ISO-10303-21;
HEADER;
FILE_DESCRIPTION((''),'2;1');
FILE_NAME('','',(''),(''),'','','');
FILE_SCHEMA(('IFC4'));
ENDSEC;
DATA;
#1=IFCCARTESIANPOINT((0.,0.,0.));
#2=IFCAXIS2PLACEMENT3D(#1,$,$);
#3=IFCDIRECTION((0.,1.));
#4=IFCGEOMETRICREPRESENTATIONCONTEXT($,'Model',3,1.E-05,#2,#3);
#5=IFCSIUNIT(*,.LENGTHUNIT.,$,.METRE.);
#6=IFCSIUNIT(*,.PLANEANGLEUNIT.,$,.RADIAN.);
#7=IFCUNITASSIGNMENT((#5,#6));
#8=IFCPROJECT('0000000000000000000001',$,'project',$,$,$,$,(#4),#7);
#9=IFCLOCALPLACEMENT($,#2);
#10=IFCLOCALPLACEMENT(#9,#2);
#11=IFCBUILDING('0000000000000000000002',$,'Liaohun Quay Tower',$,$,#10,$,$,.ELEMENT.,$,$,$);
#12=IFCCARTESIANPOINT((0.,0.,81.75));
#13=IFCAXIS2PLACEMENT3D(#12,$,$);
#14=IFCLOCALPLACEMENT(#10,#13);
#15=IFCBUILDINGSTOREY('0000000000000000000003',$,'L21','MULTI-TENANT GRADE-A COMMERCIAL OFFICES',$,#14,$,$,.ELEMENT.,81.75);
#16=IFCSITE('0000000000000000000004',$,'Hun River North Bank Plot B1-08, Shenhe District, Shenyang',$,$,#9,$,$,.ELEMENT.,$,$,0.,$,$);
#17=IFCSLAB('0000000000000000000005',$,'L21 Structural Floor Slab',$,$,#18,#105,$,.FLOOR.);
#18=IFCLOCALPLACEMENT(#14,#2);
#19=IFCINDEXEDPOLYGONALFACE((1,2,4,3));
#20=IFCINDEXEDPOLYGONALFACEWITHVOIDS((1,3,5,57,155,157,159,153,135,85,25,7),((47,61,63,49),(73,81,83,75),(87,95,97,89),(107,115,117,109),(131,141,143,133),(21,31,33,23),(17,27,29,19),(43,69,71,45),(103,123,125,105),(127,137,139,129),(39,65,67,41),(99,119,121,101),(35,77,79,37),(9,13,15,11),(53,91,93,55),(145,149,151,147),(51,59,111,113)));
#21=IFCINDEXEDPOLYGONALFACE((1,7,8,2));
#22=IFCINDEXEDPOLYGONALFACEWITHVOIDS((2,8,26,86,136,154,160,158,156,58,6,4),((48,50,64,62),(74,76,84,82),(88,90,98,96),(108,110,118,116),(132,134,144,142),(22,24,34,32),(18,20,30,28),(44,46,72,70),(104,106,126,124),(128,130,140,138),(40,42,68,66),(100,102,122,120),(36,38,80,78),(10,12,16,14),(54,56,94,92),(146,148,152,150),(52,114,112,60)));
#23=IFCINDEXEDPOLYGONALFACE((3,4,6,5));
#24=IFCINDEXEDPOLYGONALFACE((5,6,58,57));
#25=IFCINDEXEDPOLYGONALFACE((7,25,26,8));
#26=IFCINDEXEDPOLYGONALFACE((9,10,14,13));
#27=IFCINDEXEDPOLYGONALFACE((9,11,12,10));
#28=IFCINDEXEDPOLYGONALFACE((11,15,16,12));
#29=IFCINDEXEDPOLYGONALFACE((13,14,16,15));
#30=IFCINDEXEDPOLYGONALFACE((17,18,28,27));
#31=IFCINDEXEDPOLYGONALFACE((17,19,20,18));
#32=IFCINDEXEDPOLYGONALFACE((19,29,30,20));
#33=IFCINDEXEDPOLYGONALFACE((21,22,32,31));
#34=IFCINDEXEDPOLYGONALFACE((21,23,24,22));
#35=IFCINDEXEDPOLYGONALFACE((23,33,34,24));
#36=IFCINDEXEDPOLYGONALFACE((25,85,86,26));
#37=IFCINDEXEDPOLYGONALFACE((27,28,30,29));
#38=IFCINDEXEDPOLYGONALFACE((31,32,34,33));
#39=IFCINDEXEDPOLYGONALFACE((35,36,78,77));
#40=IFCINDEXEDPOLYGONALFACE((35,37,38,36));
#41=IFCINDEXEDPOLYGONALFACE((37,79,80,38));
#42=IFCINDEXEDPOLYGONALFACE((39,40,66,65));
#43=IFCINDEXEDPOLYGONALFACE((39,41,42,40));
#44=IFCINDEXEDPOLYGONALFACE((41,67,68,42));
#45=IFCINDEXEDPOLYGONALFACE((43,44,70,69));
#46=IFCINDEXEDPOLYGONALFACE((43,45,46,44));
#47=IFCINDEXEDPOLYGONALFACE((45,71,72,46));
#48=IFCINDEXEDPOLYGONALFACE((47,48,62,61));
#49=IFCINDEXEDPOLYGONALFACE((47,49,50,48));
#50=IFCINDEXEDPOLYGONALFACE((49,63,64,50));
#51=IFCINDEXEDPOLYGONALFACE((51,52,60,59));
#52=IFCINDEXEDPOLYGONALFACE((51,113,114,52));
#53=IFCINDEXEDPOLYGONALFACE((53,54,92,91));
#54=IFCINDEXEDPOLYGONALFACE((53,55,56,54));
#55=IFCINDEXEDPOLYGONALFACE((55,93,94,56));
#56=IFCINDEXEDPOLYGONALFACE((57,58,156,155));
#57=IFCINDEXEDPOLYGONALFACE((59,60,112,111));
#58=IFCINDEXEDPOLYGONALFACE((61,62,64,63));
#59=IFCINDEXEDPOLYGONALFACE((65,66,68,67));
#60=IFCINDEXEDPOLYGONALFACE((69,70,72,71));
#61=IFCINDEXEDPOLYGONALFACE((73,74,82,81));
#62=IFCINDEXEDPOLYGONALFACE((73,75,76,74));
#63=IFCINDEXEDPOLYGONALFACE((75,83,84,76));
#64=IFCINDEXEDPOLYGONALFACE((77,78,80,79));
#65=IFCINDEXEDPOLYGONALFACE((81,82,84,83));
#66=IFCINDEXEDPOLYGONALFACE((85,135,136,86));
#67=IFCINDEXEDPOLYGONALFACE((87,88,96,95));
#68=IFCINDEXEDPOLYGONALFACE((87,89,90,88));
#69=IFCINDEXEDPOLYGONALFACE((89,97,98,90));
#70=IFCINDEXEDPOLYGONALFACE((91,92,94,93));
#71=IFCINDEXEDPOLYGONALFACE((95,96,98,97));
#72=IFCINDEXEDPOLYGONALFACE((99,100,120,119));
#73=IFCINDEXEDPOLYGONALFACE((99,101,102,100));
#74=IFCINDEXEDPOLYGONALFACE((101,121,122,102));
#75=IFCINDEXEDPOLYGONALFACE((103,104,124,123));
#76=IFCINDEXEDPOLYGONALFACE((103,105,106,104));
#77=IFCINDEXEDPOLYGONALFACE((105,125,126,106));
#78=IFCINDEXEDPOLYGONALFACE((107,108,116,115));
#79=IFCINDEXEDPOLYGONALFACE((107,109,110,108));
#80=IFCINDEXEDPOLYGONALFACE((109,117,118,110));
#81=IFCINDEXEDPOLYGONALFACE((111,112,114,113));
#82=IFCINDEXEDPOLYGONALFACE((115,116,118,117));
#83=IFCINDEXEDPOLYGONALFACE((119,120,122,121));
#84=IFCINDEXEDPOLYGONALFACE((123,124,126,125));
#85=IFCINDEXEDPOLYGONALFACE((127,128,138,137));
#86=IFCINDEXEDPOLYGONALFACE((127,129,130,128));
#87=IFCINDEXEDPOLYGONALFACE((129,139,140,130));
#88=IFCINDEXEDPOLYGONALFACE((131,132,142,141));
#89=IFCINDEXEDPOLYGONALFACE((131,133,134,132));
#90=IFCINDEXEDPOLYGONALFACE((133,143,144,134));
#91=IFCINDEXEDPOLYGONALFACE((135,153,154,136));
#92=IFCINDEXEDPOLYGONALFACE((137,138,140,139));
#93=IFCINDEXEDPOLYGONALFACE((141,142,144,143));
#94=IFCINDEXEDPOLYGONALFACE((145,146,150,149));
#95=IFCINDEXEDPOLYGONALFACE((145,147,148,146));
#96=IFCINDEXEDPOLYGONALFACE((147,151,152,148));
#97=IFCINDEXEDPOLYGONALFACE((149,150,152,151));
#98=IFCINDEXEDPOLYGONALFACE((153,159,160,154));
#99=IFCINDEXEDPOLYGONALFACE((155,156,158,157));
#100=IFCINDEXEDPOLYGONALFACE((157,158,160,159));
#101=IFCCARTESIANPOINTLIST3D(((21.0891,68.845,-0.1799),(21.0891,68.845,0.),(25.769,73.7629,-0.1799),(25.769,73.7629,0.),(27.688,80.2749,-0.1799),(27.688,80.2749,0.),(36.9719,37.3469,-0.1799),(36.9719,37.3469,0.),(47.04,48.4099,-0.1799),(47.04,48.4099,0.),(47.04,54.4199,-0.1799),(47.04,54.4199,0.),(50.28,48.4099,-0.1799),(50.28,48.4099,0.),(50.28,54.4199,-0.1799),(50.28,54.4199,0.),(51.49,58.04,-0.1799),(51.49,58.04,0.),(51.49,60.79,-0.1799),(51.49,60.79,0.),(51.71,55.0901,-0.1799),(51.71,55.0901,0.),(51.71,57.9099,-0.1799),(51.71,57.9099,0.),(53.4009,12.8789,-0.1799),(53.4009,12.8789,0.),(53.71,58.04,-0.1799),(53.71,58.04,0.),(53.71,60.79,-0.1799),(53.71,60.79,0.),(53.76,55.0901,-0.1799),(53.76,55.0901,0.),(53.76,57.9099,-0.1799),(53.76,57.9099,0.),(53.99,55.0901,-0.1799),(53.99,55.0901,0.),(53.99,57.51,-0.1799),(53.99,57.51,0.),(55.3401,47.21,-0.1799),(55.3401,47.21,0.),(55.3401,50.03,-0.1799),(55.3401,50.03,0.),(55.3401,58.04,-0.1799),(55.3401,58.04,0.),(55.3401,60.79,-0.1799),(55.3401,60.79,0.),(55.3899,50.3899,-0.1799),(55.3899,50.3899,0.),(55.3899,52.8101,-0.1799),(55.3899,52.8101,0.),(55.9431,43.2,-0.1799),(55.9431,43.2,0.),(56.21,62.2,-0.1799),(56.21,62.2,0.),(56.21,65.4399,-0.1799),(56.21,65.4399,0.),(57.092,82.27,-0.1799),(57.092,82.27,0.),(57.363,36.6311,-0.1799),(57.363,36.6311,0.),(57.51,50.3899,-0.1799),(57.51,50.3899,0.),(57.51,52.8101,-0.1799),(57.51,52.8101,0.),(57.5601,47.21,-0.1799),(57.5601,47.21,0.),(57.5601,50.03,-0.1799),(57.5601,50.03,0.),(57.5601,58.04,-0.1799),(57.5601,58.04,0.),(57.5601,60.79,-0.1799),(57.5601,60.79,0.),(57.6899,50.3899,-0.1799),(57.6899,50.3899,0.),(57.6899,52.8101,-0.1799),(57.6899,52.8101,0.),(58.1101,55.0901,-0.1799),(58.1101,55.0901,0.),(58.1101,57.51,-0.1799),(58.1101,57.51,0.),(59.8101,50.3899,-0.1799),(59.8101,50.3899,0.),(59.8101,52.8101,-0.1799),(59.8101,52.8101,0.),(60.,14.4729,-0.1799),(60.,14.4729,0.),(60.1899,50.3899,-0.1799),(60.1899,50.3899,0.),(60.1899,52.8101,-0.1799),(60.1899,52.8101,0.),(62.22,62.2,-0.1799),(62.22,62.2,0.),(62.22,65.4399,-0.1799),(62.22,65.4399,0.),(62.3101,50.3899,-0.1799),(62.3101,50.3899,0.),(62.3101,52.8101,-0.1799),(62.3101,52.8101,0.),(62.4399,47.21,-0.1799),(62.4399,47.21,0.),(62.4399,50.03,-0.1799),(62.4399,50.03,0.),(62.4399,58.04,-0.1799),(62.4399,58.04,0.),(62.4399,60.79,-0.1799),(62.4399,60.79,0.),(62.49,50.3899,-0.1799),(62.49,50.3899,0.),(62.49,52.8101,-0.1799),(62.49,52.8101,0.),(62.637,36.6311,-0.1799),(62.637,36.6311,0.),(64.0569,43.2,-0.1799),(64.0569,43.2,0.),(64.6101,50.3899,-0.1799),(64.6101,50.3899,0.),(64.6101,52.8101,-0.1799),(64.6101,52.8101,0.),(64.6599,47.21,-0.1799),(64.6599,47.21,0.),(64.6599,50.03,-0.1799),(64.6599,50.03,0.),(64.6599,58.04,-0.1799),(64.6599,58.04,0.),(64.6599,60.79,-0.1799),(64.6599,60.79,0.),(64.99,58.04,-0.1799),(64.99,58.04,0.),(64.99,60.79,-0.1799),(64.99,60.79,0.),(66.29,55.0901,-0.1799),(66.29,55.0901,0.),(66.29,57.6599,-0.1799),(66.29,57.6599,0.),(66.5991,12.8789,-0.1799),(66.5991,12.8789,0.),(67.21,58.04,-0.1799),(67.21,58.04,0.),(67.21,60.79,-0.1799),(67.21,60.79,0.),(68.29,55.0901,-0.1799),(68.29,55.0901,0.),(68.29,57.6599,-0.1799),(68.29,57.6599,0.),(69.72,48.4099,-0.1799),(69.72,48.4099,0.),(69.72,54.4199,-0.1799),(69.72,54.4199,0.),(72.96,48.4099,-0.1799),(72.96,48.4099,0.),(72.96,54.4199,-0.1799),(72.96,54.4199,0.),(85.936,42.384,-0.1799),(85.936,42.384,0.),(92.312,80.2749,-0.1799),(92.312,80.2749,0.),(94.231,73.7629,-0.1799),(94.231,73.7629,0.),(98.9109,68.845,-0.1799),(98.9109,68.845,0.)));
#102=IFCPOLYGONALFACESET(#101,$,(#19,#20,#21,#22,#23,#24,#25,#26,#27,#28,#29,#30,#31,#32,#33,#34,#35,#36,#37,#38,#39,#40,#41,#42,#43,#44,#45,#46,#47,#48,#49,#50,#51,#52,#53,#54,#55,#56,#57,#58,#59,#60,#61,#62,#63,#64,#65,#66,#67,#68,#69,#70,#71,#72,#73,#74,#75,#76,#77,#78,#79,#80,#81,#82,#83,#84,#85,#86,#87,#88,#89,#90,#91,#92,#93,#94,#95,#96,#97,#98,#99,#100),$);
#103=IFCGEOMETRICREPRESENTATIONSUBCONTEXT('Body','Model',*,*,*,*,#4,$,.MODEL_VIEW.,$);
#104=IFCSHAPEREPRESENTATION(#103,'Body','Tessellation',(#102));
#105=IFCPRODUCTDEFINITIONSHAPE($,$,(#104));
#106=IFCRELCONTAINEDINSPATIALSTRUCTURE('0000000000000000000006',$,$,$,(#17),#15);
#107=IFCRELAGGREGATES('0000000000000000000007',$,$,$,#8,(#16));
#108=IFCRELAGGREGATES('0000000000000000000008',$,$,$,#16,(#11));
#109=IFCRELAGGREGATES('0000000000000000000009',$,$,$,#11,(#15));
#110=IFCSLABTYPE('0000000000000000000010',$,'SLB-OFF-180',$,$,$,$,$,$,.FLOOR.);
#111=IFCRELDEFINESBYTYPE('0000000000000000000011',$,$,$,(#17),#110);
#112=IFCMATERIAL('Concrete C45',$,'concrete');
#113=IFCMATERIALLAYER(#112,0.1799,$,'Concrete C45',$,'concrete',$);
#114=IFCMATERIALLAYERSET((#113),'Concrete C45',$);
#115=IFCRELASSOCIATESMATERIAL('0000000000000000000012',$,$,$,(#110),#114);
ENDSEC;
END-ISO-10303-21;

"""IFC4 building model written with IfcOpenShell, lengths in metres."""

from ifc_helpers import new_model, si_unit, direction, frame, origin, place, context, subcontext, project, spatial, polyline, outline, extrude, material, layer, layer_set, type_object, element, save


model = new_model("IFC4")

# Units and contexts
model_context = context("Model", 3, precision=1e-05, world=origin(), true_north=direction((0.0, 1.0)))
body_context = subcontext(model_context, "Body", "Model", "MODEL_VIEW")
ifc_project = project(units=[si_unit("LENGTHUNIT", "METRE"), si_unit("PLANEANGLEUNIT", "RADIAN")], contexts=[model_context])

# Site, building, storey
site_placement = place(None, origin())
site = spatial("IfcSite", under=ifc_project, at=site_placement, Name="Hun River North Bank Plot B1-08, Shenhe District, Shenyang", CompositionType="ELEMENT", RefElevation=0.0)
building_placement = place(site_placement, origin())
building = spatial("IfcBuilding", under=site, at=building_placement, Name="Liaohun Quay Tower", CompositionType="ELEMENT")
storey_placement = place(building_placement, frame((0.0, 0.0, 81.75)))
storey = spatial("IfcBuildingStorey", under=building, at=storey_placement, Name="L21", Description="MULTI-TENANT GRADE-A COMMERCIAL OFFICES", CompositionType="ELEMENT", Elevation=81.75)

# Shared definitions
ifc_material_1 = material(Name="Concrete C45", Category="concrete")

# Slab
ifc_layer_1 = layer(ifc_material_1, 0.1799, Name="Concrete C45", Category="concrete")
ifc_layer_set_1 = layer_set([ifc_layer_1], Name="Concrete C45")
slab_type_1 = type_object("IfcSlabType", Name="SLB-OFF-180", PredefinedType="FLOOR", material=ifc_layer_set_1)
slab_1_placement = place(storey_placement, frame((0.0, 0.0, -0.1799)))
element("IfcSlab", 1, at=slab_1_placement, inside=storey, type_object=slab_type_1, Name="L21 Structural Floor Slab", PredefinedType="FLOOR", context=body_context, shape_type="SweptSolid", body=[
    extrude(outline(polyline([(53.4009, 12.8789), (60.0, 14.4729), (66.5991, 12.8789), (85.936, 42.384), (98.9109, 68.845), (94.231, 73.7629), (92.312, 80.2749), (57.092, 82.27), (27.688, 80.2749), (25.769, 73.7629), (21.0891, 68.845), (36.9719, 37.3469), (53.4009, 12.8789)]), holes=[polyline([(57.5601, 47.21), (57.5601, 50.03), (55.3401, 50.03), (55.3401, 47.21), (57.5601, 47.21)]), polyline([(50.28, 54.4199), (47.04, 54.4199), (47.04, 48.4099), (50.28, 48.4099), (50.28, 54.4199)]), polyline([(57.51, 50.3899), (57.51, 52.8101), (55.3899, 52.8101), (55.3899, 50.3899), (57.51, 50.3899)]), polyline([(59.8101, 50.3899), (59.8101, 52.8101), (57.6899, 52.8101), (57.6899, 50.3899), (59.8101, 50.3899)]), polyline([(58.1101, 57.51), (53.99, 57.51), (53.99, 55.0901), (58.1101, 55.0901), (58.1101, 57.51)]), polyline([(53.76, 55.0901), (53.76, 57.9099), (51.71, 57.9099), (51.71, 55.0901), (53.76, 55.0901)]), polyline([(51.49, 58.04), (53.71, 58.04), (53.71, 60.79), (51.49, 60.79), (51.49, 58.04)]), polyline([(55.3401, 58.04), (57.5601, 58.04), (57.5601, 60.79), (55.3401, 60.79), (55.3401, 58.04)]), polyline([(62.637, 36.6311), (64.0569, 43.2), (55.9431, 43.2), (57.363, 36.6311), (62.637, 36.6311)]), polyline([(64.6599, 47.21), (64.6599, 50.03), (62.4399, 50.03), (62.4399, 47.21), (64.6599, 47.21)]), polyline([(72.96, 54.4199), (69.72, 54.4199), (69.72, 48.4099), (72.96, 48.4099), (72.96, 54.4199)]), polyline([(62.3101, 50.3899), (62.3101, 52.8101), (60.1899, 52.8101), (60.1899, 50.3899), (62.3101, 50.3899)]), polyline([(64.6101, 50.3899), (64.6101, 52.8101), (62.49, 52.8101), (62.49, 50.3899), (64.6101, 50.3899)]), polyline([(68.29, 55.0901), (68.29, 57.6599), (66.29, 57.6599), (66.29, 55.0901), (68.29, 55.0901)]), polyline([(64.6599, 58.04), (64.6599, 60.79), (62.4399, 60.79), (62.4399, 58.04), (64.6599, 58.04)]), polyline([(64.99, 58.04), (67.21, 58.04), (67.21, 60.79), (64.99, 60.79), (64.99, 58.04)]), polyline([(56.21, 62.2), (62.22, 62.2), (62.22, 65.4399), (56.21, 65.4399), (56.21, 62.2)])]), origin(), (0.0, 0.0, 1.0), 0.1799),
])

save(model, "model.ifc")
